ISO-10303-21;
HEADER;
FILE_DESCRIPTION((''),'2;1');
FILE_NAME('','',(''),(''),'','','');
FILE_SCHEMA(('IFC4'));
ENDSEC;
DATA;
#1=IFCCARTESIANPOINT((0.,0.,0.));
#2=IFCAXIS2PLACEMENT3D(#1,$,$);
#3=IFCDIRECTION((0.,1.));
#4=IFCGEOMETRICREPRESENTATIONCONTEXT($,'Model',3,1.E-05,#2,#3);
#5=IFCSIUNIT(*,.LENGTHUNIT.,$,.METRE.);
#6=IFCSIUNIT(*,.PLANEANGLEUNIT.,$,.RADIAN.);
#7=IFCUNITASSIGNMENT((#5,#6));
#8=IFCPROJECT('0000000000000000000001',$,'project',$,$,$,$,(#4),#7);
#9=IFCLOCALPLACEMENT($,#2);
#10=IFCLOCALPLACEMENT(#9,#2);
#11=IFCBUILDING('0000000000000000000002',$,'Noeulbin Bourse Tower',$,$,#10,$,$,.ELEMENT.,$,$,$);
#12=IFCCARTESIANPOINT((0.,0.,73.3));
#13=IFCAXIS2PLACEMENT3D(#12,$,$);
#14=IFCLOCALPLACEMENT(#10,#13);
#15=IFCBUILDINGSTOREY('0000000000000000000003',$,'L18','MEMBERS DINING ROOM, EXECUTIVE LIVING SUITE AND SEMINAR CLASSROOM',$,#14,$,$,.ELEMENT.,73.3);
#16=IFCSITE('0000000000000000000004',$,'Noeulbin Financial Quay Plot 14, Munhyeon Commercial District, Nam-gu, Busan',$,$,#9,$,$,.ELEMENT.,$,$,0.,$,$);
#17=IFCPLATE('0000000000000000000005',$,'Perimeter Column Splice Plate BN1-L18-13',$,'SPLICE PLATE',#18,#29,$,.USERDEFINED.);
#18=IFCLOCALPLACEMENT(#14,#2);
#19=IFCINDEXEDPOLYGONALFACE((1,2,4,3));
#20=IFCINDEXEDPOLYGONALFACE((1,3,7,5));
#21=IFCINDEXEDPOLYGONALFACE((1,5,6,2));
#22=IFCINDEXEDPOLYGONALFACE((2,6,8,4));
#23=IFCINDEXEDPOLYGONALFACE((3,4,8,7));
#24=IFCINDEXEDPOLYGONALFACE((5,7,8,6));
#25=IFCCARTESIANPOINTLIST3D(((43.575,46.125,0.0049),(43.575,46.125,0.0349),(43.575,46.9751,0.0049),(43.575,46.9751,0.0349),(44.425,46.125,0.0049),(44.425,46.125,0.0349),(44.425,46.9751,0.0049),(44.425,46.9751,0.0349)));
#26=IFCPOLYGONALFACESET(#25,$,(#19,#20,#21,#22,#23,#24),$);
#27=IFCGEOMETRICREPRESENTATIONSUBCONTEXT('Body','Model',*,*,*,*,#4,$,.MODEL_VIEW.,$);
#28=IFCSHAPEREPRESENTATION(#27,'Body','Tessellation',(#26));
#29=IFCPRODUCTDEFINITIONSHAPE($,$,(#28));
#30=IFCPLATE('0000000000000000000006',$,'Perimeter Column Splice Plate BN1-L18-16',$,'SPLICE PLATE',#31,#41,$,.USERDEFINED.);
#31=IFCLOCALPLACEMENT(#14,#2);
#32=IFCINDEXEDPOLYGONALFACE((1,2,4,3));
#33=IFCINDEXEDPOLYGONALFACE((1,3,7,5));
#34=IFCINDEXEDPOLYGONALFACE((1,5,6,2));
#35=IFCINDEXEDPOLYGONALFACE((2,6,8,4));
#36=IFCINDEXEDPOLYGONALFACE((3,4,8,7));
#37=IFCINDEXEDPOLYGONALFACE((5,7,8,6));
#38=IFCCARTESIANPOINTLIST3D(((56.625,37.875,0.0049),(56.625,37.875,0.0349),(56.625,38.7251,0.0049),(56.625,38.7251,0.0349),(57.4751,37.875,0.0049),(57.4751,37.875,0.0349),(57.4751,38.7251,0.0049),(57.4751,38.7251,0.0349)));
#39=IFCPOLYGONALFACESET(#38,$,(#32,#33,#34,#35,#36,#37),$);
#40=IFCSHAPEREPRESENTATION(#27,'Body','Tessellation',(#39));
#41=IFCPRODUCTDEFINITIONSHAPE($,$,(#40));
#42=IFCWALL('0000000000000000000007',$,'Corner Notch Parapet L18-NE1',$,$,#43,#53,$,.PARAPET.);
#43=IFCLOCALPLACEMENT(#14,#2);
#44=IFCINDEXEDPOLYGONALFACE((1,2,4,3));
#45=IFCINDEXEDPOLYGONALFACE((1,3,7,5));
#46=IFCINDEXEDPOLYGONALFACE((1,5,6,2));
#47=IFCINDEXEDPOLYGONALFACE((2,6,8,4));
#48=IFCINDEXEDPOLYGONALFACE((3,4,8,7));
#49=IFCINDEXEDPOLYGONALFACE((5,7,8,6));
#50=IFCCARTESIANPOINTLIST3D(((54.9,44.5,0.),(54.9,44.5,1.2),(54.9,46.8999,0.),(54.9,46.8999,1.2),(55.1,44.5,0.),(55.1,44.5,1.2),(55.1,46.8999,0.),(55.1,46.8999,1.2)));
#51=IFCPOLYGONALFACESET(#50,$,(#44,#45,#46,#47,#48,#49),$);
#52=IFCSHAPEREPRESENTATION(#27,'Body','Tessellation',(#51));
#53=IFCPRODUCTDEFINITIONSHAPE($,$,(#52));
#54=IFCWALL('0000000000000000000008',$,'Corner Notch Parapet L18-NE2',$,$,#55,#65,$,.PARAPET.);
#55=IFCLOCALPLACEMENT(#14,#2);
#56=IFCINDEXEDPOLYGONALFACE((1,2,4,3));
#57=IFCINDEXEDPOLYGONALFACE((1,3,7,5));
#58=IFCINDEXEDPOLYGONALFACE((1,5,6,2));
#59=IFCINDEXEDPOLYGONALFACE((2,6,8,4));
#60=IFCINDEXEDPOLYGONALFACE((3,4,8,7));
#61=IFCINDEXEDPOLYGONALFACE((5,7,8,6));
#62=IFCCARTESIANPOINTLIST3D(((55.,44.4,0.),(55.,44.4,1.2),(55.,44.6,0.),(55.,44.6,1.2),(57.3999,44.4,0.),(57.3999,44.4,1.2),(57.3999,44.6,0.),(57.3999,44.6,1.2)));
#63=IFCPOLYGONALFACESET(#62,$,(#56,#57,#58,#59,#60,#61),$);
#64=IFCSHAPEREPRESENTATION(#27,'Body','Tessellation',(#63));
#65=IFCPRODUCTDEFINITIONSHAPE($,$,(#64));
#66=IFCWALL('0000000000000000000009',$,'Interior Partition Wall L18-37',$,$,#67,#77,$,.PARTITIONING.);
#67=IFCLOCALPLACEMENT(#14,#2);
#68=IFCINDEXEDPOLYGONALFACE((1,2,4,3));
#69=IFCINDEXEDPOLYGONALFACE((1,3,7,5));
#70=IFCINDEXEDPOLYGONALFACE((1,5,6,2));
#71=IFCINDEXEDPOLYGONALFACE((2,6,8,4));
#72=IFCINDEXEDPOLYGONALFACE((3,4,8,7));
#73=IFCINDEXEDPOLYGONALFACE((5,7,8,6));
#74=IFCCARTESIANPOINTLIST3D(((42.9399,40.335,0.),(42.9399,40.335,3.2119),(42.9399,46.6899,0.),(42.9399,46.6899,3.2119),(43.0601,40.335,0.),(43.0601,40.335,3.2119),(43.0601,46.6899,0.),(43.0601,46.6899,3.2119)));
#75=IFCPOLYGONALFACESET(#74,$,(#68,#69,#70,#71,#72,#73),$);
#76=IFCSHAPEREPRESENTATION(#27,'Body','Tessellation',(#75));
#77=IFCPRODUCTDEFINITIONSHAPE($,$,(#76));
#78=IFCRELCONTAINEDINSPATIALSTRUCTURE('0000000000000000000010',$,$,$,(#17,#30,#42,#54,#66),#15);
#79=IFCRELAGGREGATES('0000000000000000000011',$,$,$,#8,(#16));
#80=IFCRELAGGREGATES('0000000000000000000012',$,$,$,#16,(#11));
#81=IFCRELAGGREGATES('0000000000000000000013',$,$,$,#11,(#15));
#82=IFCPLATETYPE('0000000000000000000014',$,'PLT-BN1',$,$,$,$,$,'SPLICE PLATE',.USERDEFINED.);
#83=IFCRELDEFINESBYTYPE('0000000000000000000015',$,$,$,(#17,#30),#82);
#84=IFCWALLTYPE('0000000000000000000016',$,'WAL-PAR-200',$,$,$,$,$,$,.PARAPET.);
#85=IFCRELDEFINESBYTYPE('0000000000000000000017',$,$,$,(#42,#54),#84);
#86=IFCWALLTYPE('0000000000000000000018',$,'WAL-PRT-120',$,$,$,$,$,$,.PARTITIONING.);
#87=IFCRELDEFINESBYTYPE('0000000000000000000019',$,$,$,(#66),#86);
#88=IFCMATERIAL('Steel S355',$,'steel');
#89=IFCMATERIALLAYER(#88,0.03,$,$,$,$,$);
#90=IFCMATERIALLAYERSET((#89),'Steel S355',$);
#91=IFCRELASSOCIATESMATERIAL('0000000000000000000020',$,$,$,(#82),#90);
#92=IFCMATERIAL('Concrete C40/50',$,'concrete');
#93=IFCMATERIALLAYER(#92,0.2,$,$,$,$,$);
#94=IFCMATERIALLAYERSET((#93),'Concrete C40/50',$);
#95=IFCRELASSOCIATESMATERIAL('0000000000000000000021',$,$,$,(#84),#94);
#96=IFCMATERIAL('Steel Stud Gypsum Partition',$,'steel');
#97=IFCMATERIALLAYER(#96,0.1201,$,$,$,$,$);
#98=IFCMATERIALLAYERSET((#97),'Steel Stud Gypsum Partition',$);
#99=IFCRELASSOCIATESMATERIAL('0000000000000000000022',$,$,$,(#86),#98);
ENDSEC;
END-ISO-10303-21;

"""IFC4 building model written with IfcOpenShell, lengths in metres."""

from ifc_helpers import new_model, si_unit, direction, frame, frame_2d, origin, origin_2d, place, context, subcontext, project, spatial, rectangle, extrude, material, layer, layer_set, type_object, element, save


model = new_model("IFC4")

# Units and contexts
model_context = context("Model", 3, precision=1e-05, world=origin(), true_north=direction((0.0, 1.0)))
body_context = subcontext(model_context, "Body", "Model", "MODEL_VIEW")
ifc_project = project(units=[si_unit("LENGTHUNIT", "METRE"), si_unit("PLANEANGLEUNIT", "RADIAN")], contexts=[model_context])

# Site, building, storey
site_placement = place(None, origin())
site = spatial("IfcSite", under=ifc_project, at=site_placement, Name="Noeulbin Financial Quay Plot 14, Munhyeon Commercial District, Nam-gu, Busan", CompositionType="ELEMENT", RefElevation=0.0)
building_placement = place(site_placement, origin())
building = spatial("IfcBuilding", under=site, at=building_placement, Name="Noeulbin Bourse Tower", CompositionType="ELEMENT")
storey_placement = place(building_placement, frame((0.0, 0.0, 73.3)))
storey = spatial("IfcBuildingStorey", under=building, at=storey_placement, Name="L18", Description="MEMBERS DINING ROOM, EXECUTIVE LIVING SUITE AND SEMINAR CLASSROOM", CompositionType="ELEMENT", Elevation=73.3)

# Shared definitions
ifc_material_1 = material(Name="Steel S355", Category="steel")

# Plates
ifc_layer_1 = layer(ifc_material_1, 0.03)
ifc_layer_set_1 = layer_set([ifc_layer_1], Name="Steel S355")
plate_type_1 = type_object("IfcPlateType", Name="PLT-BN1", ElementType="SPLICE PLATE", PredefinedType="USERDEFINED", material=ifc_layer_set_1)
for number, where, z_axis, x_axis, name in (
    (1, (44.0, 46.55, 0.0049), (0.0, 0.0, 1.0), (1.0, 0.0, 0.0), "Perimeter Column Splice Plate BN1-L18-13"),
    (2, (57.05, 38.3, 0.0049), (0.0, 0.0, 1.0), (1.0, 0.0, 0.0), "Perimeter Column Splice Plate BN1-L18-16"),
):
    element("IfcPlate", number, at=place(storey_placement, frame(where, z_axis=z_axis, x_axis=x_axis)), inside=storey, type_object=plate_type_1, Name=name, ObjectType="SPLICE PLATE", PredefinedType="USERDEFINED", context=body_context, shape_type="SweptSolid", body=[
        extrude(rectangle(XDim=0.8501, YDim=0.8501, at=origin_2d()), origin(), (0.0, 0.0, 1.0), 0.03),
    ])

# Walls
ifc_material_2 = material(Name="Concrete C40/50", Category="concrete")
ifc_layer_2 = layer(ifc_material_2, 0.2)
ifc_layer_set_2 = layer_set([ifc_layer_2], Name="Concrete C40/50")
wall_type_1 = type_object("IfcWallType", Name="WAL-PAR-200", PredefinedType="PARAPET", material=ifc_layer_set_2)
for number, where, z_axis, x_axis, name in (
    (3, (55.0, 46.8999, 0.0), (0.0, 0.0, 1.0), (0.0, -1.0, 0.0), "Corner Notch Parapet L18-NE1"),
    (4, (55.0, 44.5, 0.0), (0.0, 0.0, 1.0), (1.0, 0.0, 0.0), "Corner Notch Parapet L18-NE2"),
):
    element("IfcWall", number, at=place(storey_placement, frame(where, z_axis=z_axis, x_axis=x_axis)), inside=storey, type_object=wall_type_1, Name=name, PredefinedType="PARAPET", context=body_context, shape_type="SweptSolid", body=[
        extrude(rectangle(XDim=2.3999, YDim=0.2, at=frame_2d((1.2, 0.0))), origin(), (0.0, 0.0, 1.0), 1.2),
    ])
ifc_material_3 = material(Name="Steel Stud Gypsum Partition", Category="steel")
ifc_layer_3 = layer(ifc_material_3, 0.1201)
ifc_layer_set_3 = layer_set([ifc_layer_3], Name="Steel Stud Gypsum Partition")
wall_type_2 = type_object("IfcWallType", Name="WAL-PRT-120", PredefinedType="PARTITIONING", material=ifc_layer_set_3)
wall_placement = place(storey_placement, frame((43.0, 40.335, 0.0), z_axis=(0.0, 0.0, 1.0), x_axis=(0.0, 1.0, 0.0)))
element("IfcWall", 5, at=wall_placement, inside=storey, type_object=wall_type_2, Name="Interior Partition Wall L18-37", PredefinedType="PARTITIONING", context=body_context, shape_type="SweptSolid", body=[
    extrude(rectangle(XDim=6.355, YDim=0.1201, at=frame_2d((3.1775, 0.0))), origin(), (0.0, 0.0, 1.0), 3.2119),
])

save(model, "model.ifc")
